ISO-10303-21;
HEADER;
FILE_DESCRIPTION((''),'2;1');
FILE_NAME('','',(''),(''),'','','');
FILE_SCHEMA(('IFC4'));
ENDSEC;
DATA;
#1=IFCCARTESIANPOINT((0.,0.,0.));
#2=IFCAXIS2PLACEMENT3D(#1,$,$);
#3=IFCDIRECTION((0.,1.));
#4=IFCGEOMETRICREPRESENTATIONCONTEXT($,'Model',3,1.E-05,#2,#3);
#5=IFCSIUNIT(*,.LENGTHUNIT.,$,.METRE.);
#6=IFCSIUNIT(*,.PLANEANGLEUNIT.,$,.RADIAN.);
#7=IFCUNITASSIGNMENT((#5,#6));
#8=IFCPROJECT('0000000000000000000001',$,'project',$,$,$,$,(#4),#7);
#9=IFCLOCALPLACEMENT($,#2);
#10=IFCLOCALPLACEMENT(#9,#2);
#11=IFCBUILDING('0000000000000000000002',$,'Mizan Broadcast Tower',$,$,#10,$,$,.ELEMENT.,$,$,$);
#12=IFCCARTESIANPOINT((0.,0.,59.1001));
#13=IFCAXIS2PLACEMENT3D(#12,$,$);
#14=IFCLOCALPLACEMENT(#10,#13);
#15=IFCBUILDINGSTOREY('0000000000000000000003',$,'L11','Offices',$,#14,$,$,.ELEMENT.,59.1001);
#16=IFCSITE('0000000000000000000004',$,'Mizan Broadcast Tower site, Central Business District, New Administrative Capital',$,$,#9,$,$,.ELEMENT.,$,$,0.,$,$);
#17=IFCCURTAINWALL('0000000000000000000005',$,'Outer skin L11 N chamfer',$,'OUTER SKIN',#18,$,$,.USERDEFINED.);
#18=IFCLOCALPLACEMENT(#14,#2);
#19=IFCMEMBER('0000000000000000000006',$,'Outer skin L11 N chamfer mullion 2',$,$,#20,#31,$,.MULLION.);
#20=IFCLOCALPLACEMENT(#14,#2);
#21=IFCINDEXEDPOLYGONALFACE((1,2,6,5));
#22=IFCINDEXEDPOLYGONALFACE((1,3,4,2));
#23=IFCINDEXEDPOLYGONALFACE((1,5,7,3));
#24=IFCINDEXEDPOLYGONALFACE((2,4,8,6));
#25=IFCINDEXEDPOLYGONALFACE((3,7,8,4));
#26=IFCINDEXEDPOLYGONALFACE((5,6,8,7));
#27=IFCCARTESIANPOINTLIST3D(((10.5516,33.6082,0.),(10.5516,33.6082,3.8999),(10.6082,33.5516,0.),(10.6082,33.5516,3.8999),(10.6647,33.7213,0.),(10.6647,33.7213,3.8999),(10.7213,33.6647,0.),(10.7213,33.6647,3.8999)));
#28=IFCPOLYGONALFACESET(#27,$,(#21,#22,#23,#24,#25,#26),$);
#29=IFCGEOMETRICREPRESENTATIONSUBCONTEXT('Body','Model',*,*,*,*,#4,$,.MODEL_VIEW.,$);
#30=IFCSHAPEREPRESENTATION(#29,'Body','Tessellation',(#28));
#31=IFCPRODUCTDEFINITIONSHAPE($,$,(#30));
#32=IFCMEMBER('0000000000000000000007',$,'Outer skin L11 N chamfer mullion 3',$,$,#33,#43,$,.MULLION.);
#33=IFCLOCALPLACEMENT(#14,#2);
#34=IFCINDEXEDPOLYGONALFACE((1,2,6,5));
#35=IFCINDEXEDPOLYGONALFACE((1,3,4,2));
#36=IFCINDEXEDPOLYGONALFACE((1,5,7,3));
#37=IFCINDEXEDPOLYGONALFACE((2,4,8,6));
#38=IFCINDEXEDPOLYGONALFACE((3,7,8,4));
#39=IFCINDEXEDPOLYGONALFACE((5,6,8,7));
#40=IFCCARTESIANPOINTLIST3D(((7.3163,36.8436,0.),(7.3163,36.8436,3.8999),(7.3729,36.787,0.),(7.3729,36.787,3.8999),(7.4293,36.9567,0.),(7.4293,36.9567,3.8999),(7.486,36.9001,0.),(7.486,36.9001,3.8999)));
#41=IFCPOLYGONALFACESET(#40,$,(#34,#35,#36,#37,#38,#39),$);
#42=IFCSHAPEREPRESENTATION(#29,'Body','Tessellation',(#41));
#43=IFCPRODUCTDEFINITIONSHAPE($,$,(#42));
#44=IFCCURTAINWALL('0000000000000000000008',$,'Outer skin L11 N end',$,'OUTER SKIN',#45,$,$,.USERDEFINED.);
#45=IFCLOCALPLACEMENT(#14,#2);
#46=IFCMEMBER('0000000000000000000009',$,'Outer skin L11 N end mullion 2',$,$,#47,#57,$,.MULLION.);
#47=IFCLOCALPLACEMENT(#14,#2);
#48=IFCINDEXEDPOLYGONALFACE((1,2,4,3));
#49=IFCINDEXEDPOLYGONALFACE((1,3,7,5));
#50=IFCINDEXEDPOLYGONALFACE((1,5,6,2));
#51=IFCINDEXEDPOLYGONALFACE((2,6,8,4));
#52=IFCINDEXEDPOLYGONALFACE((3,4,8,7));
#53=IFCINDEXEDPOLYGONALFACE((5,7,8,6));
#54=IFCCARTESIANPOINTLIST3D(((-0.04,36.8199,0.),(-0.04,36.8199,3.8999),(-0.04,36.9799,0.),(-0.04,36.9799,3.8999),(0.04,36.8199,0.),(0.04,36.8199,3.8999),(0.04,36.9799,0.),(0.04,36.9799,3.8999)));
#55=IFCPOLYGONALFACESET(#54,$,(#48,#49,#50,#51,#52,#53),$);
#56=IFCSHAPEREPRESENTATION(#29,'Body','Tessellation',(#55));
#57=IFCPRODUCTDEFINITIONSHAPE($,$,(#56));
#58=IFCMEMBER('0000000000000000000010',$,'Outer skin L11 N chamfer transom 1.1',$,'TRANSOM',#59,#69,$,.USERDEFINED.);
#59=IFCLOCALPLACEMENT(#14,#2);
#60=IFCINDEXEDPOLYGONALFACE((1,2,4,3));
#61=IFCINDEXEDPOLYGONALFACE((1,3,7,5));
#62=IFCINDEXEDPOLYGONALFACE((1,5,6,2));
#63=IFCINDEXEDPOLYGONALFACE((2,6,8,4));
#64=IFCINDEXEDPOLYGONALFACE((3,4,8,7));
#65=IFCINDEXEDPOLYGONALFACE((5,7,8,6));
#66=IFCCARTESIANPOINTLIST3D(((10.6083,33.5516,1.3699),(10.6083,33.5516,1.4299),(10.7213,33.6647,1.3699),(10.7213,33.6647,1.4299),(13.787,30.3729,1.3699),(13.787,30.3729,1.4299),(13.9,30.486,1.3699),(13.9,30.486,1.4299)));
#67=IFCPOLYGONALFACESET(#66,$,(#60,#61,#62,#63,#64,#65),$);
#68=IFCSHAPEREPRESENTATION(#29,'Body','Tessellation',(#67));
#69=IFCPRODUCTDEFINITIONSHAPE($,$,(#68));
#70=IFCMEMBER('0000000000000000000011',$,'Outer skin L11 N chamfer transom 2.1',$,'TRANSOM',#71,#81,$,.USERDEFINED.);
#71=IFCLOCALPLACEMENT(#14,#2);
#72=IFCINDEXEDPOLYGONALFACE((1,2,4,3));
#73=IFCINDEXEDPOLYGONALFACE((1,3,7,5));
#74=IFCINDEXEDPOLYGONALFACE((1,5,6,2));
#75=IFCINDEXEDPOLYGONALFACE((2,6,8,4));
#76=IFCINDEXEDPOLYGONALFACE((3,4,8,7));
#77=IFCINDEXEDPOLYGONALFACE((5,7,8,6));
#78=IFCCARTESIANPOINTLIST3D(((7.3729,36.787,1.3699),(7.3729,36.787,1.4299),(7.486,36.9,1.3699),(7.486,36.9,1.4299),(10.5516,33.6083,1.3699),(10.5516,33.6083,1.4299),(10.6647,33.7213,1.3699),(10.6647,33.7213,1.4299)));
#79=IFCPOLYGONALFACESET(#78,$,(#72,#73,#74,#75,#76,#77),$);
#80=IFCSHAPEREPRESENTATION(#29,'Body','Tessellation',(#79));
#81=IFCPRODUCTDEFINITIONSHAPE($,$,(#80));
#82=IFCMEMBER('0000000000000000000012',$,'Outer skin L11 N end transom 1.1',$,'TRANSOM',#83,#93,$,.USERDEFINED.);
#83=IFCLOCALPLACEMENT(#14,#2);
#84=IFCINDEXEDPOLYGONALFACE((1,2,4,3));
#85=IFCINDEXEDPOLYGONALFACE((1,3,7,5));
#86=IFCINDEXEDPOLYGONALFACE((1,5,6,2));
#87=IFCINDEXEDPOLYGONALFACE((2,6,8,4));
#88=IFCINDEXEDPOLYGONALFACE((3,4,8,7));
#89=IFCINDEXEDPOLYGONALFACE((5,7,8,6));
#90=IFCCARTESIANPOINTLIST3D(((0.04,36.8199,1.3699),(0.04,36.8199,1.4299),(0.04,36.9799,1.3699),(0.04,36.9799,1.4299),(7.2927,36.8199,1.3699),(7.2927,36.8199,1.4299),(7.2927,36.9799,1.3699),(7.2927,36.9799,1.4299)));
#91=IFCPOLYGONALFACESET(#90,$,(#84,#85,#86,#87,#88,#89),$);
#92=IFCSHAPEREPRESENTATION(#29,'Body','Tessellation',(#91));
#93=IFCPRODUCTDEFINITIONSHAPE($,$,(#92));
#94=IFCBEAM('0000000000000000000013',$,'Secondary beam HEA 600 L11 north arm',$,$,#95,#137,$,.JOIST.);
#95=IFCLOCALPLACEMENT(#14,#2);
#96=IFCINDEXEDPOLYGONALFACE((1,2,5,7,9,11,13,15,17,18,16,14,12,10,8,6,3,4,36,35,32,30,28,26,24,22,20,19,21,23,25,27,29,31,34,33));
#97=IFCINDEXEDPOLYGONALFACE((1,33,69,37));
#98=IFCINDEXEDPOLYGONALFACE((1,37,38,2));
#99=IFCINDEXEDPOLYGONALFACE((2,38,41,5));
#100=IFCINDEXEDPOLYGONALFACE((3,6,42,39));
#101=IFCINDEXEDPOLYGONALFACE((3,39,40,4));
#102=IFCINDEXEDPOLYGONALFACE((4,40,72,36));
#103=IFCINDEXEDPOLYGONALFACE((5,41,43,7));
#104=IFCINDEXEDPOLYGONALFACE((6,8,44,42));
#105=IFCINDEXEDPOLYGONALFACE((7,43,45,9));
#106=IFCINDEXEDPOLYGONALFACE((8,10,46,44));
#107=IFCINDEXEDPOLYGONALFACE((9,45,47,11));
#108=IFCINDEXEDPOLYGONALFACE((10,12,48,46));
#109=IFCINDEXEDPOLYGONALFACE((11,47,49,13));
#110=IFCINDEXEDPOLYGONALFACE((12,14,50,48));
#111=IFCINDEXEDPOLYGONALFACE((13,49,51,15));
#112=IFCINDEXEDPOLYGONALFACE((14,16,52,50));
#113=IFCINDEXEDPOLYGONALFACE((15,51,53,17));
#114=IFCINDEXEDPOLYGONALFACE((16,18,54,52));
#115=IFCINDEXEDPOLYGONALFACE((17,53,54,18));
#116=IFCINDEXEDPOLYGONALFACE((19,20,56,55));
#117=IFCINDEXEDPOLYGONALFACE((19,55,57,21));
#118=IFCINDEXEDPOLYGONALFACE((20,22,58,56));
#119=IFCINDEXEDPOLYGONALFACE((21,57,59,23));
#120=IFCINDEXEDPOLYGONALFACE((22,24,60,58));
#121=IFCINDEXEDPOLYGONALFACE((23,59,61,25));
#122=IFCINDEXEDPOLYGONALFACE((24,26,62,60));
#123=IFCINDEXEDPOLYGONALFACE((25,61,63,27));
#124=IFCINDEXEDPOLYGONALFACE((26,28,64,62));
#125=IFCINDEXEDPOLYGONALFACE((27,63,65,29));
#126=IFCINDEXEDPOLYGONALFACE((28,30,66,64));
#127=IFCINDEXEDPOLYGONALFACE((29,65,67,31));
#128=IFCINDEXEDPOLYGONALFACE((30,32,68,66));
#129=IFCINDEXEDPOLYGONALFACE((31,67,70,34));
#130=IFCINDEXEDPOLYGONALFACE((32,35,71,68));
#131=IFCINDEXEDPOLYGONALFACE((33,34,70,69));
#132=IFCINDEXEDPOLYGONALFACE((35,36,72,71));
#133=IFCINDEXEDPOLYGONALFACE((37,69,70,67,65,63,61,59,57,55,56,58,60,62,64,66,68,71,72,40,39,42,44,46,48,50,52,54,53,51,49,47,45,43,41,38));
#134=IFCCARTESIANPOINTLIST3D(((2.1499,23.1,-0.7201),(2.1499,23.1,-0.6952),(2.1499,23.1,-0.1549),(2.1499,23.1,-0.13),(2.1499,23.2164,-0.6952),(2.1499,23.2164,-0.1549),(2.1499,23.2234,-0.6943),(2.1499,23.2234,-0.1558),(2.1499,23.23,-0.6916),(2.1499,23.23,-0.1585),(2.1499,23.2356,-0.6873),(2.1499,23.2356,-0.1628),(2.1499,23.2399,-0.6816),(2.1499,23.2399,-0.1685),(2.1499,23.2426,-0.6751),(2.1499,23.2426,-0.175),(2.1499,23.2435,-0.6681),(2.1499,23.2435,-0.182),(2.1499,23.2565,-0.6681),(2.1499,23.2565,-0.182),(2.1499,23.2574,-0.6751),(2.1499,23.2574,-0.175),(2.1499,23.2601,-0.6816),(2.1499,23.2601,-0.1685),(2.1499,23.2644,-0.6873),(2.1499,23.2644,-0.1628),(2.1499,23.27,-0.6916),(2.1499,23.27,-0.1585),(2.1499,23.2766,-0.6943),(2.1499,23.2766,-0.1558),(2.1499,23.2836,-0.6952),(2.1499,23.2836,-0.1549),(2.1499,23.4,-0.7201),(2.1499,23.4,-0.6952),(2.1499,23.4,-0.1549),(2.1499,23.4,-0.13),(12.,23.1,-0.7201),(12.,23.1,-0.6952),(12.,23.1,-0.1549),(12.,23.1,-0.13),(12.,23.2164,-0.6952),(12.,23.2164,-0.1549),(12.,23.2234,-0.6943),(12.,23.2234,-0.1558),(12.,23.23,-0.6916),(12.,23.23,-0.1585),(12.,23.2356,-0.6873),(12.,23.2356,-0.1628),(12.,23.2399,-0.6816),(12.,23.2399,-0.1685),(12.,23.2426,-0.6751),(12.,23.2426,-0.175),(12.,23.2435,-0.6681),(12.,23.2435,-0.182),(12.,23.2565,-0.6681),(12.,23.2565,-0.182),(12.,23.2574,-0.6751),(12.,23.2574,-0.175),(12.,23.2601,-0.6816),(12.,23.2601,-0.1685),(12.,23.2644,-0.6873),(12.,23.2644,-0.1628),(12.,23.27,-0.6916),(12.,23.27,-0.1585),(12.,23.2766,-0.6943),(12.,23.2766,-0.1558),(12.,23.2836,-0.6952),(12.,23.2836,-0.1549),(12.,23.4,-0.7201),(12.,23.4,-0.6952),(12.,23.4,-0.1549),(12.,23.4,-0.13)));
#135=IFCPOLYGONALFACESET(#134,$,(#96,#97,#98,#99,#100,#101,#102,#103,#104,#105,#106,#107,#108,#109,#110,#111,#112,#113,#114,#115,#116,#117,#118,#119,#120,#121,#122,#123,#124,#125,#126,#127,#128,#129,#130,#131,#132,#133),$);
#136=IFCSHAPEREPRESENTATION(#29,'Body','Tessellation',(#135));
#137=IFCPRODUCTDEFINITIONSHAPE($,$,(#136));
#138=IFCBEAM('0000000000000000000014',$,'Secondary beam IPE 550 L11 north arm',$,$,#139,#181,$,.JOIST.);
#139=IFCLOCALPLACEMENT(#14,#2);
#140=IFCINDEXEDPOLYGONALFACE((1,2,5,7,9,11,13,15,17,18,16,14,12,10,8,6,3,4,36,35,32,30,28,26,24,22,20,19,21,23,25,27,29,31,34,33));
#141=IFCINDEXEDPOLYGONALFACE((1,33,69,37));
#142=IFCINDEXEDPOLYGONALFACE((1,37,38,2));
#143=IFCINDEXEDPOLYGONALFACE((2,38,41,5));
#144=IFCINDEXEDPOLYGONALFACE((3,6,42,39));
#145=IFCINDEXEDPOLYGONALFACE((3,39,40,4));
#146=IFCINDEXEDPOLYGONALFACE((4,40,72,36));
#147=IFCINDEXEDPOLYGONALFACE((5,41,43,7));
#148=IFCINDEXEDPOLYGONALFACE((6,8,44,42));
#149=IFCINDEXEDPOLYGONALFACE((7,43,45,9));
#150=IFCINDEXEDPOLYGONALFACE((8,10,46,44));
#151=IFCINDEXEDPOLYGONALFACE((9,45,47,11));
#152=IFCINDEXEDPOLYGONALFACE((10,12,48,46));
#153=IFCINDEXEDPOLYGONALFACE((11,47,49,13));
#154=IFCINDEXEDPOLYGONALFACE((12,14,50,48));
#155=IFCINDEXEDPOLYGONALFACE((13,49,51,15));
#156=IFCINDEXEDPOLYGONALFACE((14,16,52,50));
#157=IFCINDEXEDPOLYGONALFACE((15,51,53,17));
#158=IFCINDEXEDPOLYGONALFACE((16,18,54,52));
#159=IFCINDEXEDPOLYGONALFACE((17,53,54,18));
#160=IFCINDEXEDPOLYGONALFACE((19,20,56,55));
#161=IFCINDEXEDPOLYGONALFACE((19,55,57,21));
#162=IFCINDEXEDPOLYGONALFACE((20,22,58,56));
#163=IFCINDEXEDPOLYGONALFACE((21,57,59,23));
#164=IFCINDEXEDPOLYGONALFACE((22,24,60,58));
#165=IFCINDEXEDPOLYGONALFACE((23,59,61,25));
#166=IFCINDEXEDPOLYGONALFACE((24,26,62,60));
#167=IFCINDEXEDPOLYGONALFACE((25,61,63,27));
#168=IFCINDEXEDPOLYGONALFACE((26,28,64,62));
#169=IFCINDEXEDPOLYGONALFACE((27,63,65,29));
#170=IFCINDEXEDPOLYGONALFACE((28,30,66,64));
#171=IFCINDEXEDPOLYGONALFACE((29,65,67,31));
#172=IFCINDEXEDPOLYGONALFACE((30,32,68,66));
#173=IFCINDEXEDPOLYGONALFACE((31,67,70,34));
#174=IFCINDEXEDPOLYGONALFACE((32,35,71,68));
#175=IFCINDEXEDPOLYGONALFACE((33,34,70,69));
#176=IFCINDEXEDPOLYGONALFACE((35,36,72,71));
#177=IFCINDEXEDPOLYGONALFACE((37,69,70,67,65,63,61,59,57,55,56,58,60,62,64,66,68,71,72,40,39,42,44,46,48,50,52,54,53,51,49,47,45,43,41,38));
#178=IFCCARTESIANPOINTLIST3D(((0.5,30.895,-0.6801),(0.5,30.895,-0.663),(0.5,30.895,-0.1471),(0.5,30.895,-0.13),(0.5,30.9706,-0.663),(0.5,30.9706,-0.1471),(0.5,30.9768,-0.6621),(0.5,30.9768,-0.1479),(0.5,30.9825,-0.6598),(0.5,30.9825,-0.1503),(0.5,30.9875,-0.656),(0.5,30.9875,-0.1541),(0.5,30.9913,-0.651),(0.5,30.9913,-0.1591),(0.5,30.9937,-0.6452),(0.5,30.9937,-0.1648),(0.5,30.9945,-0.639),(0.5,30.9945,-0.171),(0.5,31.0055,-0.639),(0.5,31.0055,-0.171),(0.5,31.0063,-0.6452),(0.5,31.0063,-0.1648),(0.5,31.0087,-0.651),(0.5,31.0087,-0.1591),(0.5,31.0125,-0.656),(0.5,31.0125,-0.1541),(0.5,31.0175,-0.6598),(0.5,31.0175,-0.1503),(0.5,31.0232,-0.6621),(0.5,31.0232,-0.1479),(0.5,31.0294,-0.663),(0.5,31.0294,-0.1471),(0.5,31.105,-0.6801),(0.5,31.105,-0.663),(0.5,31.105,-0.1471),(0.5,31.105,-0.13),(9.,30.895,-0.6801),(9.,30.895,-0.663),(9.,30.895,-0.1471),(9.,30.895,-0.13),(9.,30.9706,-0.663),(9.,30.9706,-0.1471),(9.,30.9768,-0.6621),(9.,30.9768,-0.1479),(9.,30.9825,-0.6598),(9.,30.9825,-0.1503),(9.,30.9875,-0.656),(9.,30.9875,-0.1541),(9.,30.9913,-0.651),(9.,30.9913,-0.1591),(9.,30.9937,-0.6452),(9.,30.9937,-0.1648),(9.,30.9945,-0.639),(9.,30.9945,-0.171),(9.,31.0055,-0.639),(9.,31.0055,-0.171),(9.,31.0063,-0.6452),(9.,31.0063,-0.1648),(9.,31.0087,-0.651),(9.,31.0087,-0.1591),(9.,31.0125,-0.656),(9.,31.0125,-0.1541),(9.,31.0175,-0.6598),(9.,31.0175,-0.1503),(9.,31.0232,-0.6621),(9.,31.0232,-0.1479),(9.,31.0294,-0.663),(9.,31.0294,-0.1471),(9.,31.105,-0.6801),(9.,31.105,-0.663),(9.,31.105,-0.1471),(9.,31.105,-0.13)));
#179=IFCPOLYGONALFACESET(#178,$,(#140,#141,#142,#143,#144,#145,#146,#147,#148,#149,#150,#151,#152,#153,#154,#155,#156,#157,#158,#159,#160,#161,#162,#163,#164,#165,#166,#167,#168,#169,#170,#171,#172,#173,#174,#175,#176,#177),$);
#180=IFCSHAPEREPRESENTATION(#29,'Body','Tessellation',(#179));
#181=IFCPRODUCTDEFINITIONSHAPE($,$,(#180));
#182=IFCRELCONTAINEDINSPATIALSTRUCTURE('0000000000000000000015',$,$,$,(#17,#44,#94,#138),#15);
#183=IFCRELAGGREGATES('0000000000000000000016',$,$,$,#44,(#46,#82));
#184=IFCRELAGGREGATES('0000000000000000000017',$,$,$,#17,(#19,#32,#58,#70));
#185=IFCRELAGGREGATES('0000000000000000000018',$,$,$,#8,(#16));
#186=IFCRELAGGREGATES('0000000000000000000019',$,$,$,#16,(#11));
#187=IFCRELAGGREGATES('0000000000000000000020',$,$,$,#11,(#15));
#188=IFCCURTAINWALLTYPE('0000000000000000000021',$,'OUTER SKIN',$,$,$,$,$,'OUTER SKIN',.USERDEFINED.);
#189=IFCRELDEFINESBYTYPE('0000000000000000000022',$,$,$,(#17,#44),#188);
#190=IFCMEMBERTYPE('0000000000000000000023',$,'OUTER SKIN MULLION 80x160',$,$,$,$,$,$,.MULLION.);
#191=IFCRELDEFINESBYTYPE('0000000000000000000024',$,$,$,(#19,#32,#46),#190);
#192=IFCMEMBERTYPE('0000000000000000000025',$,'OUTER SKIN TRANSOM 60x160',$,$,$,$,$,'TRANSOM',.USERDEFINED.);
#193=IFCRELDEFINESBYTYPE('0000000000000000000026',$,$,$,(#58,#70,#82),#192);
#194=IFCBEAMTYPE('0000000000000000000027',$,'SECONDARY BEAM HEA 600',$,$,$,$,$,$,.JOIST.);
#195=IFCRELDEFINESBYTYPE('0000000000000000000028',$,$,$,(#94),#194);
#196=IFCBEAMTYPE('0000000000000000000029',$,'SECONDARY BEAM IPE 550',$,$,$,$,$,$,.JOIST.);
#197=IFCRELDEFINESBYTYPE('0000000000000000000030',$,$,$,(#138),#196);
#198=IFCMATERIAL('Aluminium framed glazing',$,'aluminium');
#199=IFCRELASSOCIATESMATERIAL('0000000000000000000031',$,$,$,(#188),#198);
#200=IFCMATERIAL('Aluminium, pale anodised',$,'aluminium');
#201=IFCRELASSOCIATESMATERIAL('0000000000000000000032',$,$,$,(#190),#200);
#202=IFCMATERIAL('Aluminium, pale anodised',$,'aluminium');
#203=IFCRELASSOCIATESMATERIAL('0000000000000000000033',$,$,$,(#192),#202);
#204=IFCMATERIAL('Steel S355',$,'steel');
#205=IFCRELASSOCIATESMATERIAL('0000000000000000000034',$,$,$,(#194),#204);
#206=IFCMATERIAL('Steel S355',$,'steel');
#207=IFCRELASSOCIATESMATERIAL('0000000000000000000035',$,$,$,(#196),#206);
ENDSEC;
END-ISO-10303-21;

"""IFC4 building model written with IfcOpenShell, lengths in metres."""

from ifc_helpers import new_model, si_unit, direction, frame, origin, origin_2d, place, context, subcontext, project, spatial, rectangle, i_section, extrude, material, material_profile, profile_set, type_object, element, aggregate, save


model = new_model("IFC4")

# Units and contexts
model_context = context("Model", 3, precision=1e-05, world=origin(), true_north=direction((0.0, 1.0)))
body_context = subcontext(model_context, "Body", "Model", "MODEL_VIEW")
ifc_project = project(units=[si_unit("LENGTHUNIT", "METRE"), si_unit("PLANEANGLEUNIT", "RADIAN")], contexts=[model_context])

# Site, building, storey
site_placement = place(None, origin())
site = spatial("IfcSite", under=ifc_project, at=site_placement, Name="Mizan Broadcast Tower site, Central Business District, New Administrative Capital", CompositionType="ELEMENT", RefElevation=0.0)
building_placement = place(site_placement, origin())
building = spatial("IfcBuilding", under=site, at=building_placement, Name="Mizan Broadcast Tower", CompositionType="ELEMENT")
storey_placement = place(building_placement, frame((0.0, 0.0, 59.1001)))
storey = spatial("IfcBuildingStorey", under=building, at=storey_placement, Name="L11", Description="Offices", CompositionType="ELEMENT", Elevation=59.1001)

# Curtain wall, members
ifc_material_1 = material(Name="Aluminium framed glazing", Category="aluminium")
curtain_wall_type_1 = type_object("IfcCurtainWallType", Name="OUTER SKIN", ElementType="OUTER SKIN", PredefinedType="USERDEFINED", material=ifc_material_1)
curtain_wall_1_placement = place(storey_placement, origin())
curtain_wall_1 = element("IfcCurtainWall", 1, at=curtain_wall_1_placement, inside=storey, type_object=curtain_wall_type_1, Name="Outer skin L11 N chamfer", ObjectType="OUTER SKIN", PredefinedType="USERDEFINED")
ifc_material_2 = material(Name="Aluminium, pale anodised", Category="aluminium")
ifc_material_profile_1 = material_profile(ifc_material_2, rectangle(XDim=0.1599, YDim=0.0801, at=origin_2d()), Name="MULLION 160x80")
ifc_profile_set_1 = profile_set([ifc_material_profile_1], Name="Aluminium, pale anodised")
member_type_1 = type_object("IfcMemberType", Name="OUTER SKIN MULLION 80x160", PredefinedType="MULLION", material=ifc_profile_set_1)
member_1_placement = place(storey_placement, frame((10.6365, 33.6365, 0.0), z_axis=(0.0, 0.0, 1.0), x_axis=(-0.707107, -0.707107, 0.0)))
member_1 = element("IfcMember", 2, at=member_1_placement, type_object=member_type_1, Name="Outer skin L11 N chamfer mullion 2", PredefinedType="MULLION", context=body_context, shape_type="SweptSolid", body=[
    extrude(rectangle(XDim=0.1599, YDim=0.0801, at=origin_2d()), origin(), (0.0, 0.0, 1.0), 3.8999),
])
member_2_placement = place(storey_placement, frame((7.4011, 36.8718, 0.0), z_axis=(0.0, 0.0, 1.0), x_axis=(-0.707107, -0.707107, 0.0)))
member_2 = element("IfcMember", 3, at=member_2_placement, type_object=member_type_1, Name="Outer skin L11 N chamfer mullion 3", PredefinedType="MULLION", context=body_context, shape_type="SweptSolid", body=[
    extrude(rectangle(XDim=0.1599, YDim=0.0801, at=origin_2d()), origin(), (0.0, 0.0, 1.0), 3.8999),
])

# Curtain wall, member
curtain_wall_2_placement = place(storey_placement, origin())
curtain_wall_2 = element("IfcCurtainWall", 4, at=curtain_wall_2_placement, inside=storey, type_object=curtain_wall_type_1, Name="Outer skin L11 N end", ObjectType="OUTER SKIN", PredefinedType="USERDEFINED")
member_3_placement = place(storey_placement, frame((0.0, 36.8999, 0.0), z_axis=(0.0, 0.0, 1.0), x_axis=(0.0, -1.0, 0.0)))
member_3 = element("IfcMember", 5, at=member_3_placement, type_object=member_type_1, Name="Outer skin L11 N end mullion 2", PredefinedType="MULLION", context=body_context, shape_type="SweptSolid", body=[
    extrude(rectangle(XDim=0.1599, YDim=0.0801, at=origin_2d()), origin(), (0.0, 0.0, 1.0), 3.8999),
])

# Members
ifc_material_3 = material(Name="Aluminium, pale anodised", Category="aluminium")
ifc_material_profile_2 = material_profile(ifc_material_3, rectangle(XDim=0.1599, YDim=0.0601, at=origin_2d()), Name="TRANSOM 160x60")
ifc_profile_set_2 = profile_set([ifc_material_profile_2], Name="Aluminium, pale anodised")
member_type_2 = type_object("IfcMemberType", Name="OUTER SKIN TRANSOM 60x160", ElementType="TRANSOM", PredefinedType="USERDEFINED", material=ifc_profile_set_2)
member_4_placement = place(storey_placement, frame((13.8435, 30.4294, 1.3999), z_axis=(-0.707107, 0.707107, 0.0), x_axis=(-0.707107, -0.707107, 0.0)))
member_4 = element("IfcMember", 6, at=member_4_placement, type_object=member_type_2, Name="Outer skin L11 N chamfer transom 1.1", ObjectType="TRANSOM", PredefinedType="USERDEFINED", context=body_context, shape_type="SweptSolid", body=[
    extrude(rectangle(XDim=0.1599, YDim=0.0601, at=origin_2d()), origin(), (0.0, 0.0, 1.0), 4.4954),
])
member_5_placement = place(storey_placement, frame((10.6082, 33.6648, 1.3999), z_axis=(-0.707107, 0.707107, 0.0), x_axis=(-0.707107, -0.707107, 0.0)))
member_5 = element("IfcMember", 7, at=member_5_placement, type_object=member_type_2, Name="Outer skin L11 N chamfer transom 2.1", ObjectType="TRANSOM", PredefinedType="USERDEFINED", context=body_context, shape_type="SweptSolid", body=[
    extrude(rectangle(XDim=0.1599, YDim=0.0601, at=origin_2d()), origin(), (0.0, 0.0, 1.0), 4.4954),
])
member_6_placement = place(storey_placement, frame((7.2927, 36.8999, 1.3999), z_axis=(-1.0, 0.0, 0.0), x_axis=(0.0, -1.0, 0.0)))
member_6 = element("IfcMember", 8, at=member_6_placement, type_object=member_type_2, Name="Outer skin L11 N end transom 1.1", ObjectType="TRANSOM", PredefinedType="USERDEFINED", context=body_context, shape_type="SweptSolid", body=[
    extrude(rectangle(XDim=0.1599, YDim=0.0601, at=origin_2d()), origin(), (0.0, 0.0, 1.0), 7.2527),
])

# Beams
ifc_material_4 = material(Name="Steel S355", Category="steel")
ifc_material_profile_3 = material_profile(ifc_material_4, i_section(OverallWidth=0.3, OverallDepth=0.5901, WebThickness=0.0129, FlangeThickness=0.0249, FilletRadius=0.0271, at=origin_2d()), Name="HEA 600")
ifc_profile_set_3 = profile_set([ifc_material_profile_3], Name="Steel S355")
beam_type_1 = type_object("IfcBeamType", Name="SECONDARY BEAM HEA 600", PredefinedType="JOIST", material=ifc_profile_set_3)
beam_1_placement = place(storey_placement, frame((12.0, 23.25, -0.425), z_axis=(-1.0, 0.0, 0.0), x_axis=(0.0, -1.0, 0.0)))
element("IfcBeam", 9, at=beam_1_placement, inside=storey, type_object=beam_type_1, Name="Secondary beam HEA 600 L11 north arm", PredefinedType="JOIST", context=body_context, shape_type="SweptSolid", body=[
    extrude(i_section(OverallWidth=0.3, OverallDepth=0.5901, WebThickness=0.0129, FlangeThickness=0.0249, FilletRadius=0.0271, at=origin_2d()), origin(), (0.0, 0.0, 1.0), 9.8501),
])
ifc_material_5 = material(Name="Steel S355", Category="steel")
ifc_material_profile_4 = material_profile(ifc_material_5, i_section(OverallWidth=0.21, OverallDepth=0.55, WebThickness=0.011, FlangeThickness=0.0171, FilletRadius=0.0239, at=origin_2d()), Name="IPE 550")
ifc_profile_set_4 = profile_set([ifc_material_profile_4], Name="Steel S355")
beam_type_2 = type_object("IfcBeamType", Name="SECONDARY BEAM IPE 550", PredefinedType="JOIST", material=ifc_profile_set_4)
beam_2_placement = place(storey_placement, frame((9.0, 31.0, -0.405), z_axis=(-1.0, 0.0, 0.0), x_axis=(0.0, -1.0, 0.0)))
element("IfcBeam", 10, at=beam_2_placement, inside=storey, type_object=beam_type_2, Name="Secondary beam IPE 550 L11 north arm", PredefinedType="JOIST", context=body_context, shape_type="SweptSolid", body=[
    extrude(i_section(OverallWidth=0.21, OverallDepth=0.55, WebThickness=0.011, FlangeThickness=0.0171, FilletRadius=0.0239, at=origin_2d()), origin(), (0.0, 0.0, 1.0), 8.5),
])

aggregate(curtain_wall_2, [member_3, member_6])
aggregate(curtain_wall_1, [member_1, member_2, member_4, member_5])

save(model, "model.ifc")
